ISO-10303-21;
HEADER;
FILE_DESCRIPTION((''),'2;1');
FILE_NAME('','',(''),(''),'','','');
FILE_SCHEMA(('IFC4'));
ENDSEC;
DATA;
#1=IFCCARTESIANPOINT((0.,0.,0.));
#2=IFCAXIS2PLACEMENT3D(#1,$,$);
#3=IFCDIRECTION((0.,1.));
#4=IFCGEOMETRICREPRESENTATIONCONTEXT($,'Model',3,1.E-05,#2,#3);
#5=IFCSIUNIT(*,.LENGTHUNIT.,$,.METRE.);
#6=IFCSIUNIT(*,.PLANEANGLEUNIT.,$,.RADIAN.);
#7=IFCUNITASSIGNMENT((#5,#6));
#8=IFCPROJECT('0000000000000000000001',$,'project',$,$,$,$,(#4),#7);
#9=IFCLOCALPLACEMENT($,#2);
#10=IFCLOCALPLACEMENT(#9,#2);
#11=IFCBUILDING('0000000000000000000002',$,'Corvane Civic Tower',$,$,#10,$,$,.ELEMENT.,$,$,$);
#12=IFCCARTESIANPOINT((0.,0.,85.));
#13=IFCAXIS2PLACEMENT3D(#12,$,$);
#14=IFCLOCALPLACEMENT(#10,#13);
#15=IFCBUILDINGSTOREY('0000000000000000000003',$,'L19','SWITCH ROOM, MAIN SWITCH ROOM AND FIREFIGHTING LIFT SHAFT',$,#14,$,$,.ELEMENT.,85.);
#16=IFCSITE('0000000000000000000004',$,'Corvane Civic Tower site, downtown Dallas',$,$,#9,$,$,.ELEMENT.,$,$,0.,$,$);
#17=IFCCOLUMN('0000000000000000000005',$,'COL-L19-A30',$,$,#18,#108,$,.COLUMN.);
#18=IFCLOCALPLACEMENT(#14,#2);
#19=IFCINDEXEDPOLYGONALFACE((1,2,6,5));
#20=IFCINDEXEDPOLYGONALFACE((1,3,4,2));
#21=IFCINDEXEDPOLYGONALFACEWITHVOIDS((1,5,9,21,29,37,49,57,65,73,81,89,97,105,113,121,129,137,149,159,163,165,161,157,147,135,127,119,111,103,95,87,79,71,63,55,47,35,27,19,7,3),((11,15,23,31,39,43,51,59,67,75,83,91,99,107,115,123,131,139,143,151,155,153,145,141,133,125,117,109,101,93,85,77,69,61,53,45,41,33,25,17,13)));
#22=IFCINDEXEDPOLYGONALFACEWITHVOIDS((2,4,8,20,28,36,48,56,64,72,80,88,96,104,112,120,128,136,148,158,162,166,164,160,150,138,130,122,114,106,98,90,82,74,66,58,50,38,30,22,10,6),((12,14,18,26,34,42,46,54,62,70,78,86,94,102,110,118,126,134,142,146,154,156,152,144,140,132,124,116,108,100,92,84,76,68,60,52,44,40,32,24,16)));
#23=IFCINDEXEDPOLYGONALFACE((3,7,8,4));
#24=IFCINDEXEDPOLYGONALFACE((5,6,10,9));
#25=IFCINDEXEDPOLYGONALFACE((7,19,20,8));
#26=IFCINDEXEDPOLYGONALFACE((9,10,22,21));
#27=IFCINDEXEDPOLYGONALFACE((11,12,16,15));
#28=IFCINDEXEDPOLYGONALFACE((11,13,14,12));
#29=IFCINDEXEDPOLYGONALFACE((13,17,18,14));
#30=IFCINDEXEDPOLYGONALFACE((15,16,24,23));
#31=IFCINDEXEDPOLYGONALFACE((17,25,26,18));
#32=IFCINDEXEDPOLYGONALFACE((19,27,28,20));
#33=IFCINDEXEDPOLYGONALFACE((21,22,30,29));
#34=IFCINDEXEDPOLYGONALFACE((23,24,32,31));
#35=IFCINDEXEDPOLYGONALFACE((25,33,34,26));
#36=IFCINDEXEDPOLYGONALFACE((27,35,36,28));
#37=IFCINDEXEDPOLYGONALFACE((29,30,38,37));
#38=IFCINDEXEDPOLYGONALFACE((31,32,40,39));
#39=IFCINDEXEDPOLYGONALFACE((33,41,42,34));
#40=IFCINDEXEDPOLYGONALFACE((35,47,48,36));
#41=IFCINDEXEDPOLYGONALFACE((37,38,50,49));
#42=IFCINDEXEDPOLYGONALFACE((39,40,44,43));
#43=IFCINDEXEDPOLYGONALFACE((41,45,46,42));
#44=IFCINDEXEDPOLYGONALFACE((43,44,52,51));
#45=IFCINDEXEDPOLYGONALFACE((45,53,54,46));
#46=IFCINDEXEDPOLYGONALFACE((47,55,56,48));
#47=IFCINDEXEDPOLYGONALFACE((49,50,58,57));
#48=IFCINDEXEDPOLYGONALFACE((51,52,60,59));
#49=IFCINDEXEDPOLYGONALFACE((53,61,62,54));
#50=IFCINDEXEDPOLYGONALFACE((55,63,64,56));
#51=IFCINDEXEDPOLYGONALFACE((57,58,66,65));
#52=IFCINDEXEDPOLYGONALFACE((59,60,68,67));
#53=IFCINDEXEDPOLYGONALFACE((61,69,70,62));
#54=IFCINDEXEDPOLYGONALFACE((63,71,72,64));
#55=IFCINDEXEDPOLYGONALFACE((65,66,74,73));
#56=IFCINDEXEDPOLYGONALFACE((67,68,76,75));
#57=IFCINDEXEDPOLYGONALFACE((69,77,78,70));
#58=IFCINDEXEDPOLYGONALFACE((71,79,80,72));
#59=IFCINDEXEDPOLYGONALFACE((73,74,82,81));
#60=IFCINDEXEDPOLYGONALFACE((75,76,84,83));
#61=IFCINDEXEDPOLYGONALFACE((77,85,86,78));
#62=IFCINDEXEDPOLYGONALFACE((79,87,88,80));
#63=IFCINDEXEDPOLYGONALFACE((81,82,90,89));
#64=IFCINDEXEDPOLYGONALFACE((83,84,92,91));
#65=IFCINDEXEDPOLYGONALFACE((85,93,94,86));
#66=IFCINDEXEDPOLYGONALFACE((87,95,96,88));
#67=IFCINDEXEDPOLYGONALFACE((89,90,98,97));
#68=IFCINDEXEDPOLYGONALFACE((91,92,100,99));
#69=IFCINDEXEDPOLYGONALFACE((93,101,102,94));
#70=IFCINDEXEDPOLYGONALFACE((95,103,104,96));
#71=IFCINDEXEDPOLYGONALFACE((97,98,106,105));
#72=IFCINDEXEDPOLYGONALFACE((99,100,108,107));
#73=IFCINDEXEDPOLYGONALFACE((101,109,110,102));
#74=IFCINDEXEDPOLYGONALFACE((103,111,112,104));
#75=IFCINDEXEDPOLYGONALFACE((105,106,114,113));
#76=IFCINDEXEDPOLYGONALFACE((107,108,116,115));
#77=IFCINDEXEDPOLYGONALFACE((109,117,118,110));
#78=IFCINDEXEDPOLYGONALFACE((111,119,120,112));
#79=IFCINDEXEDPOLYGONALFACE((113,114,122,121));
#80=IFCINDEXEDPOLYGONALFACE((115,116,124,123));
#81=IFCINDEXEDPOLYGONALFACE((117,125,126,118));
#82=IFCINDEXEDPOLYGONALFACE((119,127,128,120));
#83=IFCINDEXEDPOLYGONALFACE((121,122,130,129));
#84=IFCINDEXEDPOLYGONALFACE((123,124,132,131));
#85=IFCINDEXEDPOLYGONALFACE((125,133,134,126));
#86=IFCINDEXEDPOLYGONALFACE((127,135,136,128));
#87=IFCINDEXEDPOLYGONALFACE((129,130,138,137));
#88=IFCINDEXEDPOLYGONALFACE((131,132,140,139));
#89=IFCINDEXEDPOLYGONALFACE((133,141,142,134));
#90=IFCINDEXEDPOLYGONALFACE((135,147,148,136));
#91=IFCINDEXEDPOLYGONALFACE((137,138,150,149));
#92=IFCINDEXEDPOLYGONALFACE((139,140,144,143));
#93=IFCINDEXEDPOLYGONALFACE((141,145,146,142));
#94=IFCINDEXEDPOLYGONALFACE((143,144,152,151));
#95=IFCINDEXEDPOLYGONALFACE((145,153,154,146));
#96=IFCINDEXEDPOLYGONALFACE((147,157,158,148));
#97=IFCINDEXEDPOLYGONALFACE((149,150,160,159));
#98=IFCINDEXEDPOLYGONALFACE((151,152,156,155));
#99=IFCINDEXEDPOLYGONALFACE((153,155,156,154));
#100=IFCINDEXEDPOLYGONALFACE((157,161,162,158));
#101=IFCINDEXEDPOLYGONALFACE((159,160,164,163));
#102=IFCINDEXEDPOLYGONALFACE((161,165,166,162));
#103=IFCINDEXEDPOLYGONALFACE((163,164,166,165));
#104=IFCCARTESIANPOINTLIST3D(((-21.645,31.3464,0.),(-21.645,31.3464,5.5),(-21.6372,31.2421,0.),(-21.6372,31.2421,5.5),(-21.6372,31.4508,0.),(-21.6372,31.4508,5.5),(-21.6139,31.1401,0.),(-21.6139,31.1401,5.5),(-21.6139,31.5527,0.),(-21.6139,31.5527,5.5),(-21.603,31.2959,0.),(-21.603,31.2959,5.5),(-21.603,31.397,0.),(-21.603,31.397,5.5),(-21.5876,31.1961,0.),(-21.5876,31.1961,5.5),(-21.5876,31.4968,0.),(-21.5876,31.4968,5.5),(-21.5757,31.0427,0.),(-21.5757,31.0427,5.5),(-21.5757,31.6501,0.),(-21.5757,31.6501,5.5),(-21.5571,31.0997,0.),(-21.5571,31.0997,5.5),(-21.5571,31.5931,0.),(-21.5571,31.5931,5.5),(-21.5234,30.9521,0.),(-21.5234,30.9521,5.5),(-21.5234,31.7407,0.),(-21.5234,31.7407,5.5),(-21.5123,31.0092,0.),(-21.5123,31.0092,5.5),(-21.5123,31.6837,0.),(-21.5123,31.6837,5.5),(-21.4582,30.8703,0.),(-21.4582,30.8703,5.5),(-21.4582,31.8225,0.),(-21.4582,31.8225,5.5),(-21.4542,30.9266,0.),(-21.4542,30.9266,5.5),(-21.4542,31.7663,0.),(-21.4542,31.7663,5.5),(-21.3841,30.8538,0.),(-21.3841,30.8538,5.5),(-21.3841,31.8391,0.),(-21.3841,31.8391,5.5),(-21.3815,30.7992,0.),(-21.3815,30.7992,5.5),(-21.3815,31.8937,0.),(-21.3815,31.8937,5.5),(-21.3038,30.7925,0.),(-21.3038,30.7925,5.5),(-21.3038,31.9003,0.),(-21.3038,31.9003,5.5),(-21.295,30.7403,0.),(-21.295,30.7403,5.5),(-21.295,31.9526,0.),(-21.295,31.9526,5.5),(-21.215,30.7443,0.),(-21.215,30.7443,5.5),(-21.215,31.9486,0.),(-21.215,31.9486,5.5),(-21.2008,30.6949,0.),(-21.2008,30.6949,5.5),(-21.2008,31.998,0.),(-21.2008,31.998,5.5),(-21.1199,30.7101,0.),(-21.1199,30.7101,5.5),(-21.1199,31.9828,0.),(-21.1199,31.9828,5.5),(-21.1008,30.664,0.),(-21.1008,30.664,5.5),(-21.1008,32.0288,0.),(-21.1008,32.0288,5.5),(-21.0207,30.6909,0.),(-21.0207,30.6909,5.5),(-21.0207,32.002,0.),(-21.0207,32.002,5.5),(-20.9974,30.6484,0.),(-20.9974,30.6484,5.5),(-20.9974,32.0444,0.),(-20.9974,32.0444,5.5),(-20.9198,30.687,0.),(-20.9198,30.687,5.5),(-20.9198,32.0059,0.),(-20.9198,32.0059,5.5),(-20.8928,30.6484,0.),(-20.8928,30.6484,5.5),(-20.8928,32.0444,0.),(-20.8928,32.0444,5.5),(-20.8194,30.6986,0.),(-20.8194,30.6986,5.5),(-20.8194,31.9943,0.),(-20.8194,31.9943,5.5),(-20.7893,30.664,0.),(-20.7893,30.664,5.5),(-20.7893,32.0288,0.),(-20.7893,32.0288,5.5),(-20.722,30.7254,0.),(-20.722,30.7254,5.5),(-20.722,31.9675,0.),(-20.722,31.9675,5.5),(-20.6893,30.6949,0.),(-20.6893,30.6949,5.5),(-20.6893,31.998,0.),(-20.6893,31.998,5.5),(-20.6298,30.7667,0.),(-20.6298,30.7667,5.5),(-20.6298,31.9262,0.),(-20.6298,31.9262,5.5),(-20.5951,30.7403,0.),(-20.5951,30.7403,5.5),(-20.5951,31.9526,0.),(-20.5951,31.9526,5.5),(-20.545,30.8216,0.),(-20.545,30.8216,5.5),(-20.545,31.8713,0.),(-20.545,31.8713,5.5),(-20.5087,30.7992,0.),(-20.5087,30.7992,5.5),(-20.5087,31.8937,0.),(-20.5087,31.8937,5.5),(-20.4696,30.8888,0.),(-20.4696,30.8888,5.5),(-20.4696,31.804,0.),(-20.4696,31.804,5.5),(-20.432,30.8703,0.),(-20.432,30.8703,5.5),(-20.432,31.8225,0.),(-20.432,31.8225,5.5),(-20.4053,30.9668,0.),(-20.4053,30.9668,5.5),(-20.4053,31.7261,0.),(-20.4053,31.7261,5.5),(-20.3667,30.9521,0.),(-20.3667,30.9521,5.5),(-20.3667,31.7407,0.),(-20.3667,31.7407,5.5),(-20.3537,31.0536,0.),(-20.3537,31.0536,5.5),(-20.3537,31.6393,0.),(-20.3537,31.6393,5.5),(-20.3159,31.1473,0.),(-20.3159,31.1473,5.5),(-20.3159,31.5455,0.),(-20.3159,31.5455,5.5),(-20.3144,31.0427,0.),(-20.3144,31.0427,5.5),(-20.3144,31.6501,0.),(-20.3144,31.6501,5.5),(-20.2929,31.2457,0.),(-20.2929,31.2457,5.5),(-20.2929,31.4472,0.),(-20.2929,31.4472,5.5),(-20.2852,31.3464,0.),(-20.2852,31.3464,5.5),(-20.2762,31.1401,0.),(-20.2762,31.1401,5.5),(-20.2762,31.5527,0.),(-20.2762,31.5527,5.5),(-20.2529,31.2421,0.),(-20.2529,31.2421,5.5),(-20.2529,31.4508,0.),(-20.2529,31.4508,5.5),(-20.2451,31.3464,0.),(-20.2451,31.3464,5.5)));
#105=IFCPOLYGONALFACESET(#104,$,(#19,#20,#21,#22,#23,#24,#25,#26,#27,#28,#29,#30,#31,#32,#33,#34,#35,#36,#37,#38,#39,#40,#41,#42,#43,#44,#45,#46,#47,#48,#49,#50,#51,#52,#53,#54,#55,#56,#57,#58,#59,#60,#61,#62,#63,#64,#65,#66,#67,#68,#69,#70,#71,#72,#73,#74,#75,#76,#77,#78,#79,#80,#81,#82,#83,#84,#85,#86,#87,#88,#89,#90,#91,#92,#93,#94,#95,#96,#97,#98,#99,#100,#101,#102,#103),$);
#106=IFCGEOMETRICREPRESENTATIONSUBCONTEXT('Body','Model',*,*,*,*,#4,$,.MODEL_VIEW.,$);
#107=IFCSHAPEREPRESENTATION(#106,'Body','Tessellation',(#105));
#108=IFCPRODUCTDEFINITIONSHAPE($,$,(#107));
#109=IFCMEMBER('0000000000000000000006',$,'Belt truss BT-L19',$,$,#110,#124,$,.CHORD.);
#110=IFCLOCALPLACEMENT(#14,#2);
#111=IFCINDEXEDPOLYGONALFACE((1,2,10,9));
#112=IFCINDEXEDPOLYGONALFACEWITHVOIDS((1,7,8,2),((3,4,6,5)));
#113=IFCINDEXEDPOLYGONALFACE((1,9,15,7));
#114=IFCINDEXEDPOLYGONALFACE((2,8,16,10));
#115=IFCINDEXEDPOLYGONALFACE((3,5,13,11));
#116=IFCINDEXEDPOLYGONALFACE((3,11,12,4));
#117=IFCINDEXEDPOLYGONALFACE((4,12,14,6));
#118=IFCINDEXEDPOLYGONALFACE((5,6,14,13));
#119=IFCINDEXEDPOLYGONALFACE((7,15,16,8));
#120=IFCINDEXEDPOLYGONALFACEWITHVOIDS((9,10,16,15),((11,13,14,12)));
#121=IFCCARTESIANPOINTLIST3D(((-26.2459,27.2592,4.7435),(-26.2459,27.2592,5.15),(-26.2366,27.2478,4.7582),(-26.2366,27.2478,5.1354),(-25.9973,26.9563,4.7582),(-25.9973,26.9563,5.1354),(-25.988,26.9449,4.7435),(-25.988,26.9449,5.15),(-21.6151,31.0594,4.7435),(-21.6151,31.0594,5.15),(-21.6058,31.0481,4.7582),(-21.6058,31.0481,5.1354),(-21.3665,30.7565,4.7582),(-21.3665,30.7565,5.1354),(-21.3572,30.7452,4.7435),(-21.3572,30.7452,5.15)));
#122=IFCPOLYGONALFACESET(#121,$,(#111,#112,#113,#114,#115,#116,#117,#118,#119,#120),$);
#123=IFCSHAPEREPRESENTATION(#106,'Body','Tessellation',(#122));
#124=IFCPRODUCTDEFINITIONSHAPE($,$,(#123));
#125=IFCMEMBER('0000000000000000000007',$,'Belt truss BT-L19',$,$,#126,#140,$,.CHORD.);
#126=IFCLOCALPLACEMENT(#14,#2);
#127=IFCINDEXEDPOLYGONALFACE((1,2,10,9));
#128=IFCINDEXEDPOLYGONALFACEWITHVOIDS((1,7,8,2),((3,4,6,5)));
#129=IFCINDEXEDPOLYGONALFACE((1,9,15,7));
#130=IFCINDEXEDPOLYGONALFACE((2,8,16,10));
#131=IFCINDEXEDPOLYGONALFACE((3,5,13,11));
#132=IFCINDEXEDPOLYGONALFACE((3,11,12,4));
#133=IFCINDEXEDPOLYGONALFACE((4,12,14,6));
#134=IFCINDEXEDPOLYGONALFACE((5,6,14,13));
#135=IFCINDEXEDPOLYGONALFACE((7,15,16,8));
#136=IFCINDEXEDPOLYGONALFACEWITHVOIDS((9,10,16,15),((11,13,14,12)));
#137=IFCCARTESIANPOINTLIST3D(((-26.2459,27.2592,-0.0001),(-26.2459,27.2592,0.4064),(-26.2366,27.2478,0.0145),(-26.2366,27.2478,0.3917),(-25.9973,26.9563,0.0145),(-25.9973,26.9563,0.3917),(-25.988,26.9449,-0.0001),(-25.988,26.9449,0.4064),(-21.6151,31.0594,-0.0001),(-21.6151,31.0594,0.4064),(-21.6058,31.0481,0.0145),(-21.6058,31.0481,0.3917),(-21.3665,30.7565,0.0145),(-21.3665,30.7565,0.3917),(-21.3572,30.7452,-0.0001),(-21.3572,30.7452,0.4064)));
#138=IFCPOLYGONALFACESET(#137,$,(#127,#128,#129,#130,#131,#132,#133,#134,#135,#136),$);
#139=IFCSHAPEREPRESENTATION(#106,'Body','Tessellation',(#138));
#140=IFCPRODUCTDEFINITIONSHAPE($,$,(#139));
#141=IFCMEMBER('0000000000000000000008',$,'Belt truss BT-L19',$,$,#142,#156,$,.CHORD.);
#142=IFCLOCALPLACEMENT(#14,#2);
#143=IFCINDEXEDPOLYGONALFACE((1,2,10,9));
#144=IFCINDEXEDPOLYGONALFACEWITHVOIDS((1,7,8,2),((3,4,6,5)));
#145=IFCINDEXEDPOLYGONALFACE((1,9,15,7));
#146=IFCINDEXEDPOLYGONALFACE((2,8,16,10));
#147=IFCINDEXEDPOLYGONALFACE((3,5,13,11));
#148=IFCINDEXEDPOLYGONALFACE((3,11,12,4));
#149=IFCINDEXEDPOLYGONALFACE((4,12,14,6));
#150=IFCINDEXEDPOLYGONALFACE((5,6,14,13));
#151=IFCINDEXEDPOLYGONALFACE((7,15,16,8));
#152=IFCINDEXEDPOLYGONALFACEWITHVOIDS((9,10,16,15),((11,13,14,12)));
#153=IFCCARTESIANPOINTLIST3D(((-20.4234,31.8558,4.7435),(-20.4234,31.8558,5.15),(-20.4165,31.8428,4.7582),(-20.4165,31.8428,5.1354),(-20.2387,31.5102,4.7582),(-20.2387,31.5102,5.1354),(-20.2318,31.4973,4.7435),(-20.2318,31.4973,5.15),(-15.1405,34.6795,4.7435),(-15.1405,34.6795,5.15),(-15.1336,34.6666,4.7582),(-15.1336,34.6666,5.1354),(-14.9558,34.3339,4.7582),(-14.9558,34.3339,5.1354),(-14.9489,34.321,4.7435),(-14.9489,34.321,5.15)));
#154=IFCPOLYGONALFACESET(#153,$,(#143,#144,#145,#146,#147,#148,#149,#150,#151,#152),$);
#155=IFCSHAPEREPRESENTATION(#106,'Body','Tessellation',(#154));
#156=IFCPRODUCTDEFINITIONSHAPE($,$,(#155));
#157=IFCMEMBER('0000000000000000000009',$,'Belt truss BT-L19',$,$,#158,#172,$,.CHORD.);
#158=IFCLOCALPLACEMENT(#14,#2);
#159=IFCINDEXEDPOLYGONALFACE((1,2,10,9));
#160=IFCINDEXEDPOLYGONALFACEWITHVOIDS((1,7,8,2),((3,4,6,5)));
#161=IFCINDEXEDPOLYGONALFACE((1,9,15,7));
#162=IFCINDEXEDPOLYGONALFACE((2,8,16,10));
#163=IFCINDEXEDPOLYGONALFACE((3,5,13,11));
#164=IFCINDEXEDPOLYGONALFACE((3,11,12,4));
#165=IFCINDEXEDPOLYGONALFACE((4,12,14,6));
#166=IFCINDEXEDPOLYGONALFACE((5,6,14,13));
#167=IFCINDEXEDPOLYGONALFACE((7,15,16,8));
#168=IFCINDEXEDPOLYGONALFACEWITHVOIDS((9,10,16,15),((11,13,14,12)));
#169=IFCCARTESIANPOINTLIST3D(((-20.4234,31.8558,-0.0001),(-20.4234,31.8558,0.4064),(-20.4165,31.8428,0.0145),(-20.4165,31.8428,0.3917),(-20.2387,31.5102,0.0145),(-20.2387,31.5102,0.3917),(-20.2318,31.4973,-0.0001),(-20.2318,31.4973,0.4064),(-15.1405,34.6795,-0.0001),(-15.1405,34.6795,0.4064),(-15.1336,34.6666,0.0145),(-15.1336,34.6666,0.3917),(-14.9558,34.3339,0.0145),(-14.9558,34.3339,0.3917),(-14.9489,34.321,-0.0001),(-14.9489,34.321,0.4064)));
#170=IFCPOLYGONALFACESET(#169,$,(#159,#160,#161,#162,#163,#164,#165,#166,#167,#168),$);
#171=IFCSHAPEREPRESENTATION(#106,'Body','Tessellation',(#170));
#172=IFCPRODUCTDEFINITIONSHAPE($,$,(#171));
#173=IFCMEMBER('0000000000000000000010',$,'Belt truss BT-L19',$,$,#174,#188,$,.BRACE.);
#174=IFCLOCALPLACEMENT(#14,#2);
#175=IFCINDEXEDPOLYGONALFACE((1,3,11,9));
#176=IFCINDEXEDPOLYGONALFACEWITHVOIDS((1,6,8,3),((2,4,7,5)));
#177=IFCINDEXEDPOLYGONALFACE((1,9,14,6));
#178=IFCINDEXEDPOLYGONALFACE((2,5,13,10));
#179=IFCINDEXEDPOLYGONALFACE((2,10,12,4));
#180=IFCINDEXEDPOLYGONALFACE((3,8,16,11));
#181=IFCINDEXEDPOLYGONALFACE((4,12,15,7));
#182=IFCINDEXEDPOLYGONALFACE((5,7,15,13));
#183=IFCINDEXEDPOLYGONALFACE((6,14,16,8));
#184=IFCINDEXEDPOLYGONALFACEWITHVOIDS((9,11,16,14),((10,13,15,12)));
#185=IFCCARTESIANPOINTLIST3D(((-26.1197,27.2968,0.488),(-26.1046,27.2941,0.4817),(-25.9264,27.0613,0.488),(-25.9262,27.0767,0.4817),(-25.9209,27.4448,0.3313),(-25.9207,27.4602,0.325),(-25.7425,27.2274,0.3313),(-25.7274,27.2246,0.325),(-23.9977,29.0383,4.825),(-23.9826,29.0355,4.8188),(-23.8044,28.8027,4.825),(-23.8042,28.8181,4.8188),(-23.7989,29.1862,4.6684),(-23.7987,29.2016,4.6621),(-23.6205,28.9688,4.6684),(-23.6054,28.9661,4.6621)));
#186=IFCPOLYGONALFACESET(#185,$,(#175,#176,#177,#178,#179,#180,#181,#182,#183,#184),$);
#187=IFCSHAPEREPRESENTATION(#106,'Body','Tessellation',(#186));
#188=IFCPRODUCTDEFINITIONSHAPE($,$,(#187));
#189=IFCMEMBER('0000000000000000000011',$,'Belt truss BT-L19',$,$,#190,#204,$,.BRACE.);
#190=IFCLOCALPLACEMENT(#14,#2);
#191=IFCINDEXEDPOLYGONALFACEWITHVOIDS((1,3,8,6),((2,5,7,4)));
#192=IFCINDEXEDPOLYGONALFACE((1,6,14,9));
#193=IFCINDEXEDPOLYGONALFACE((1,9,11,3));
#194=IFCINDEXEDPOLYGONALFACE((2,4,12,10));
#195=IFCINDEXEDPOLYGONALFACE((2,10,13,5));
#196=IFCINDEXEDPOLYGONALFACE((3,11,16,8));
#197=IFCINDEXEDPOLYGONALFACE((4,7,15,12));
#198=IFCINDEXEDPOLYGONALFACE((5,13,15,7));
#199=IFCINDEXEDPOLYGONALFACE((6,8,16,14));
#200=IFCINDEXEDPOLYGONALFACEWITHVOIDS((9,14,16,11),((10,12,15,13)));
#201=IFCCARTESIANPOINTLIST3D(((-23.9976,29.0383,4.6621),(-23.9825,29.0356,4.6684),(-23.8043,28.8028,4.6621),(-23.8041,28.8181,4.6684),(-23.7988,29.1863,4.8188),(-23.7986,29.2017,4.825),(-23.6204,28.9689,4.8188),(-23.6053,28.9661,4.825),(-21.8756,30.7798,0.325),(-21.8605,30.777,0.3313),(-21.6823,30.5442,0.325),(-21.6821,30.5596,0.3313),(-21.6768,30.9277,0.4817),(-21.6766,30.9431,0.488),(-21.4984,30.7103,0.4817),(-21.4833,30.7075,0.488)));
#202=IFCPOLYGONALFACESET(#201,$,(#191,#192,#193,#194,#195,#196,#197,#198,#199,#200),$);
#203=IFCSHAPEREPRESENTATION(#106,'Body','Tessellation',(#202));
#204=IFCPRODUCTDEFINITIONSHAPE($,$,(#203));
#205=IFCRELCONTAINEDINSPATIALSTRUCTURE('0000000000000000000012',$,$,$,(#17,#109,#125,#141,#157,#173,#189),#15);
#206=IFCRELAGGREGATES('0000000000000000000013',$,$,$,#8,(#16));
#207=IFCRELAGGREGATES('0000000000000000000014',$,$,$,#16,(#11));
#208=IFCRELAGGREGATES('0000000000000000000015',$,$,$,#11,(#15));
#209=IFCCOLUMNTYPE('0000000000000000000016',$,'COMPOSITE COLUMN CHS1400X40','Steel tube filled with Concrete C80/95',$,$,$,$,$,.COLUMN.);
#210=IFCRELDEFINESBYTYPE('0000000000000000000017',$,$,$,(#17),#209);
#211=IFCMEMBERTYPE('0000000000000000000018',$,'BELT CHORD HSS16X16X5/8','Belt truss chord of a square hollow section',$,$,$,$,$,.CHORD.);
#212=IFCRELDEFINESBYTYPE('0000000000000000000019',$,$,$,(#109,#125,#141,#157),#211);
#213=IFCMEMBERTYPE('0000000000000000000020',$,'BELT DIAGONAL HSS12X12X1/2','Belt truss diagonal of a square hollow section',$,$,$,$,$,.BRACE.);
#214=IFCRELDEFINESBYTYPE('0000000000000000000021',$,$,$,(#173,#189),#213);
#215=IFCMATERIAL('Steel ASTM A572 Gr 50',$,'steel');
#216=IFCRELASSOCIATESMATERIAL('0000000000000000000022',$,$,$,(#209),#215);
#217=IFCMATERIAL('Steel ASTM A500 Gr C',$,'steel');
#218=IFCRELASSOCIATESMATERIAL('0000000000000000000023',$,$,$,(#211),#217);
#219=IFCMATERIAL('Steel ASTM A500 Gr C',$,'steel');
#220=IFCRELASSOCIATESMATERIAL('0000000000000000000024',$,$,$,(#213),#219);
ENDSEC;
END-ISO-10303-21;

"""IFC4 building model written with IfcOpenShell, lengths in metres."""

from ifc_helpers import new_model, si_unit, direction, frame, origin, origin_2d, place, context, subcontext, project, spatial, hollow_rectangle, hollow_circle, extrude, material, material_profile, profile_set, type_object, element, save


model = new_model("IFC4")

# Units and contexts
model_context = context("Model", 3, precision=1e-05, world=origin(), true_north=direction((0.0, 1.0)))
body_context = subcontext(model_context, "Body", "Model", "MODEL_VIEW")
ifc_project = project(units=[si_unit("LENGTHUNIT", "METRE"), si_unit("PLANEANGLEUNIT", "RADIAN")], contexts=[model_context])

# Site, building, storey
site_placement = place(None, origin())
site = spatial("IfcSite", under=ifc_project, at=site_placement, Name="Corvane Civic Tower site, downtown Dallas", CompositionType="ELEMENT", RefElevation=0.0)
building_placement = place(site_placement, origin())
building = spatial("IfcBuilding", under=site, at=building_placement, Name="Corvane Civic Tower", CompositionType="ELEMENT")
storey_placement = place(building_placement, frame((0.0, 0.0, 85.0)))
storey = spatial("IfcBuildingStorey", under=building, at=storey_placement, Name="L19", Description="SWITCH ROOM, MAIN SWITCH ROOM AND FIREFIGHTING LIFT SHAFT", CompositionType="ELEMENT", Elevation=85.0)

# Column
ifc_material_1 = material(Name="Steel ASTM A572 Gr 50", Category="steel")
ifc_material_profile_1 = material_profile(ifc_material_1, hollow_circle(Radius=0.7, WallThickness=0.04, at=origin_2d()), Name="CHS1400X40")
ifc_profile_set_1 = profile_set([ifc_material_profile_1], Name="Steel ASTM A572 Gr 50")
column_type = type_object("IfcColumnType", Name="COMPOSITE COLUMN CHS1400X40", Description="Steel tube filled with Concrete C80/95", PredefinedType="COLUMN", material=ifc_profile_set_1)
column_placement = place(storey_placement, frame((-20.9451, 31.3464, 0.0), z_axis=(0.0, 0.0, 1.0), x_axis=(1.0, 0.0, 0.0)))
element("IfcColumn", 1, at=column_placement, inside=storey, type_object=column_type, Name="COL-L19-A30", PredefinedType="COLUMN", context=body_context, shape_type="SweptSolid", body=[
    extrude(hollow_circle(Radius=0.7, WallThickness=0.04, at=origin_2d()), origin(), (0.0, 0.0, 1.0), 5.5),
])

# Members
ifc_material_2 = material(Name="Steel ASTM A500 Gr C", Category="steel")
ifc_material_profile_2 = material_profile(ifc_material_2, hollow_rectangle(XDim=0.4065, YDim=0.4065, WallThickness=0.0146, at=origin_2d()), Name="HSS16X16X5/8")
ifc_profile_set_2 = profile_set([ifc_material_profile_2], Name="Steel ASTM A500 Gr C")
member_type_1 = type_object("IfcMemberType", Name="BELT CHORD HSS16X16X5/8", Description="Belt truss chord of a square hollow section", PredefinedType="CHORD", material=ifc_profile_set_2)
for number, where, z_axis, x_axis, name in (
    (2, (-26.1169, 27.1021, 4.9468), (0.773023, 0.634378, 0.0), (-0.634378, 0.773023, 0.0), "Belt truss BT-L19"),
    (3, (-26.1169, 27.1021, 0.2031), (0.773023, 0.634378, 0.0), (-0.634378, 0.773023, 0.0), "Belt truss BT-L19"),
):
    element("IfcMember", number, at=place(storey_placement, frame(where, z_axis=z_axis, x_axis=x_axis)), inside=storey, type_object=member_type_1, Name=name, PredefinedType="CHORD", context=body_context, shape_type="SweptSolid", body=[
        extrude(hollow_rectangle(XDim=0.4065, YDim=0.4065, WallThickness=0.0146, at=origin_2d()), origin(), (0.0, 0.0, 1.0), 5.9905),
    ])
for number, where, z_axis, x_axis, name in (
    (4, (-20.3276, 31.6765, 4.9468), (0.881926, 0.471388, 0.0), (-0.471388, 0.881926, 0.0), "Belt truss BT-L19"),
    (5, (-20.3276, 31.6765, 0.2031), (0.881926, 0.471388, 0.0), (-0.471388, 0.881926, 0.0), "Belt truss BT-L19"),
):
    element("IfcMember", number, at=place(storey_placement, frame(where, z_axis=z_axis, x_axis=x_axis)), inside=storey, type_object=member_type_1, Name=name, PredefinedType="CHORD", context=body_context, shape_type="SweptSolid", body=[
        extrude(hollow_rectangle(XDim=0.4065, YDim=0.4065, WallThickness=0.0146, at=origin_2d()), origin(), (0.0, 0.0, 1.0), 5.9902),
    ])
ifc_material_3 = material(Name="Steel ASTM A500 Gr C", Category="steel")
ifc_material_profile_3 = material_profile(ifc_material_3, hollow_rectangle(XDim=0.3047, YDim=0.3047, WallThickness=0.0117, at=origin_2d()), Name="HSS12X12X1/2")
ifc_profile_set_3 = profile_set([ifc_material_profile_3], Name="Steel ASTM A500 Gr C")
member_type_2 = type_object("IfcMemberType", Name="BELT DIAGONAL HSS12X12X1/2", Description="Belt truss diagonal of a square hollow section", PredefinedType="BRACE", material=ifc_profile_set_3)
for number, where, z_axis, x_axis, name in (
    (6, (-25.9236, 27.2607, 0.4065), (0.413424, 0.339272, 0.84497), (-0.634375, 0.773025, 0.0), "Belt truss BT-L19"),
    (7, (-21.6794, 30.7437, 0.4065), (-0.413424, -0.339272, 0.84497), (0.634375, -0.773025, 0.0), "Belt truss BT-L19"),
):
    element("IfcMember", number, at=place(storey_placement, frame(where, z_axis=z_axis, x_axis=x_axis)), inside=storey, type_object=member_type_2, Name=name, PredefinedType="BRACE", context=body_context, shape_type="SweptSolid", body=[
        extrude(hollow_rectangle(XDim=0.3047, YDim=0.3047, WallThickness=0.0117, at=origin_2d()), origin(), (0.0, 0.0, 1.0), 5.1328),
    ])

save(model, "model.ifc")
